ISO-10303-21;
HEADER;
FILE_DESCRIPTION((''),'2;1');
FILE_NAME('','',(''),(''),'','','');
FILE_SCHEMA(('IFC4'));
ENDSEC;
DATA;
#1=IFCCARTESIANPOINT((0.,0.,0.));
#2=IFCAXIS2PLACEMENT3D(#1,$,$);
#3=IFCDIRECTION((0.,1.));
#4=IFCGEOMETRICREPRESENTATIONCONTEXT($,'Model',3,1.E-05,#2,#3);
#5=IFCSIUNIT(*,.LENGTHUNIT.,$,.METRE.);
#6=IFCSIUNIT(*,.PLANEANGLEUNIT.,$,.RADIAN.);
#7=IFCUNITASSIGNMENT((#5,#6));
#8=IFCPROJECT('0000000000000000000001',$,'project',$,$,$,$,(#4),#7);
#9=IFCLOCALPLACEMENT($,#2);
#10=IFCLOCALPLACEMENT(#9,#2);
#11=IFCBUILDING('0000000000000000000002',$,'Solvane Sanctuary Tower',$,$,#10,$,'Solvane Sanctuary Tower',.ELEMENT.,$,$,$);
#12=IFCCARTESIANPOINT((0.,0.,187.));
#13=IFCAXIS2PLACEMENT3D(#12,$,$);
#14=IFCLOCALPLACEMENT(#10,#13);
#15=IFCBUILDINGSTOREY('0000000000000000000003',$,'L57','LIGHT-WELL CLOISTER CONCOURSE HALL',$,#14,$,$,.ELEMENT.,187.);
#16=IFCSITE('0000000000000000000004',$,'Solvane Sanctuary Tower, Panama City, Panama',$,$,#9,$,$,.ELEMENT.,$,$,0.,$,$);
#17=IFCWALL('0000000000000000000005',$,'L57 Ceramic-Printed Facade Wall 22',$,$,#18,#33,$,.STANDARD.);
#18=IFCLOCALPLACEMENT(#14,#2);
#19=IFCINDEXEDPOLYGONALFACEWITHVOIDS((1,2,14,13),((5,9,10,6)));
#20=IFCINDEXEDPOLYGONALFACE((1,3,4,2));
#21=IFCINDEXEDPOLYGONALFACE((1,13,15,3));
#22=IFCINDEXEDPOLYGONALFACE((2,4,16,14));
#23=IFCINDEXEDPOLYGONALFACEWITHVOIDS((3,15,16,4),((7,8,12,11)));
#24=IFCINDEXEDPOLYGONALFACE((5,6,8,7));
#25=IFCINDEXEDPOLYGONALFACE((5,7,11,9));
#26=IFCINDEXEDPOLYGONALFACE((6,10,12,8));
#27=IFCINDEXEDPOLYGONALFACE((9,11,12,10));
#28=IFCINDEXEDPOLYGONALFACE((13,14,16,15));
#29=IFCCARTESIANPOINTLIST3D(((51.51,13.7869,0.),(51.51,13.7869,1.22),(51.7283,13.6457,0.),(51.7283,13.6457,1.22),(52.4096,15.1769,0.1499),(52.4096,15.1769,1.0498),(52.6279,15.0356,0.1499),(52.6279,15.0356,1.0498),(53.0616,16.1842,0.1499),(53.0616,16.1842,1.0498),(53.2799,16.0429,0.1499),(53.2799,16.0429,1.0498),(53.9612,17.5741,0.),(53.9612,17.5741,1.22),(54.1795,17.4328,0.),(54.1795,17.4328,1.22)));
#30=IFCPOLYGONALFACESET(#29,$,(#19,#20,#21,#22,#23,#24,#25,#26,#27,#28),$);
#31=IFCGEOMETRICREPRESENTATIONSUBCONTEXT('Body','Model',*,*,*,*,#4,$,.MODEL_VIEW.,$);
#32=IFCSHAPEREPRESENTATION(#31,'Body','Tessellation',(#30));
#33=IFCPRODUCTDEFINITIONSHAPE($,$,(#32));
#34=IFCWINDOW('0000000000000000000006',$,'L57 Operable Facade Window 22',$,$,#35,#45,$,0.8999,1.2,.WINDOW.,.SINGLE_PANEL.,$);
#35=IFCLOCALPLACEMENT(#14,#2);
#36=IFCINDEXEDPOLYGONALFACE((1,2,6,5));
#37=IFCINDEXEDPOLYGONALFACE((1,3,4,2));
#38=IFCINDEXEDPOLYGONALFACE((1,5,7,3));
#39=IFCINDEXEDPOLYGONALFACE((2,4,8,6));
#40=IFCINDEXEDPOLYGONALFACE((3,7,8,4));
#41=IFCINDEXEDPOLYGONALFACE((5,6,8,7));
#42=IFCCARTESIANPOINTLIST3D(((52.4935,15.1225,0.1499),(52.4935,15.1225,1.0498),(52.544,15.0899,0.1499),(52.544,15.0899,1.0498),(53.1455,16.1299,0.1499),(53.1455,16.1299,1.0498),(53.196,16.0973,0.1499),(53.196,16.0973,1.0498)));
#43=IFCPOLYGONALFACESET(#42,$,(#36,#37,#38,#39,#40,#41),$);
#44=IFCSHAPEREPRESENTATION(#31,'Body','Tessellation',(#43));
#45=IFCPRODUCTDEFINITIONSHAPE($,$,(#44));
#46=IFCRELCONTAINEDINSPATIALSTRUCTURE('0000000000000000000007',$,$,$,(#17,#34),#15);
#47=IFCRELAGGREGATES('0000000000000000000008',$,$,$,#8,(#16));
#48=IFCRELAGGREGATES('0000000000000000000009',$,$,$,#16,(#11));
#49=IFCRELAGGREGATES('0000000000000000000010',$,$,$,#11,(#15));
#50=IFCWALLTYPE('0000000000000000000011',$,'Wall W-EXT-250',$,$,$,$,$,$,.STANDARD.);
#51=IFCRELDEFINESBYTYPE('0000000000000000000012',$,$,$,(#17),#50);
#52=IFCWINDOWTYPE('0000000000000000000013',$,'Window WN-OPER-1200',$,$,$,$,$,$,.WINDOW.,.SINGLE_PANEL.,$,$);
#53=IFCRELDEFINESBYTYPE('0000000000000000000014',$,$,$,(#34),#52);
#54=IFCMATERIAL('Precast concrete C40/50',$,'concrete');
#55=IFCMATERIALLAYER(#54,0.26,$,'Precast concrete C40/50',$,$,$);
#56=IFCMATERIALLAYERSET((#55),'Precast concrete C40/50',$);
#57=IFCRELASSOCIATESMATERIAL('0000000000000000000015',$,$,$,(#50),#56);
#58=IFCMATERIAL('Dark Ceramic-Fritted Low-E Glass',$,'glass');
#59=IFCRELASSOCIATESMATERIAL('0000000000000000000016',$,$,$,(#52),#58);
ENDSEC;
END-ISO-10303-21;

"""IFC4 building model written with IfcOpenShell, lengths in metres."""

from ifc_helpers import new_model, si_unit, direction, frame, frame_2d, origin, place, context, subcontext, project, spatial, rectangle, extrude, material, layer, layer_set, type_object, element, fill, save


model = new_model("IFC4")

# Units and contexts
model_context = context("Model", 3, precision=1e-05, world=origin(), true_north=direction((0.0, 1.0)))
body_context = subcontext(model_context, "Body", "Model", "MODEL_VIEW")
ifc_project = project(units=[si_unit("LENGTHUNIT", "METRE"), si_unit("PLANEANGLEUNIT", "RADIAN")], contexts=[model_context])

# Site, building, storey
site_placement = place(None, origin())
site = spatial("IfcSite", under=ifc_project, at=site_placement, Name="Solvane Sanctuary Tower, Panama City, Panama", CompositionType="ELEMENT", RefElevation=0.0)
building_placement = place(site_placement, origin())
building = spatial("IfcBuilding", under=site, at=building_placement, Name="Solvane Sanctuary Tower", LongName="Solvane Sanctuary Tower", CompositionType="ELEMENT")
storey_placement = place(building_placement, frame((0.0, 0.0, 187.0)))
storey = spatial("IfcBuildingStorey", under=building, at=storey_placement, Name="L57", Description="LIGHT-WELL CLOISTER CONCOURSE HALL", CompositionType="ELEMENT", Elevation=187.0)

# Shared definitions
ifc_material_1 = material(Name="Precast concrete C40/50", Category="concrete")
ifc_layer_1 = layer(ifc_material_1, 0.26, Name="Precast concrete C40/50")
ifc_layer_set_1 = layer_set([ifc_layer_1], Name="Precast concrete C40/50")
wall_type_1 = type_object("IfcWallType", Name="Wall W-EXT-250", PredefinedType="STANDARD", material=ifc_layer_set_1)
ifc_material_2 = material(Name="Dark Ceramic-Fritted Low-E Glass", Category="glass")
window_type = type_object("IfcWindowType", Name="Window WN-OPER-1200", PartitioningType="SINGLE_PANEL", PredefinedType="WINDOW", material=ifc_material_2)

# Wall, opening, window
wall_1_placement = place(storey_placement, frame((51.6191, 13.7163, 0.0), z_axis=(0.0, 0.0, 1.0), x_axis=(0.543359, 0.8395, 0.0)))
wall_1 = element("IfcWall", 1, at=wall_1_placement, inside=storey, type_object=wall_type_1, Name="L57 Ceramic-Printed Facade Wall 22", PredefinedType="STANDARD", context=body_context, shape_type="SweptSolid", body=[
    extrude(rectangle(XDim=4.5112, YDim=0.26, at=frame_2d((2.2556, 0.0))), origin(), (0.0, 0.0, 1.0), 1.22),
])
opening_1_placement = place(wall_1_placement, frame((1.6555, 0.0, 0.1499)))
opening_1 = element("IfcOpeningElement", 2, at=opening_1_placement, cuts=wall_1, PredefinedType="OPENING", context=body_context, shape_type="SweptSolid", body=[
    extrude(rectangle(XDim=1.2, YDim=0.8999, at=frame_2d((0.6001, 0.45))), frame((0.0, 0.1399, 0.0), z_axis=(0.0, -1.0, 0.0), x_axis=(1.0, 0.0, 0.0)), (0.0, 0.0, 1.0), 0.28),
])
window_1_placement = place(opening_1_placement, origin())
window_1 = element("IfcWindow", 3, at=window_1_placement, inside=storey, type_object=window_type, Name="L57 Operable Facade Window 22", OverallHeight=0.8999, OverallWidth=1.2, PartitioningType="SINGLE_PANEL", PredefinedType="WINDOW", context=body_context, shape_type="SweptSolid", body=[
    extrude(rectangle(XDim=1.2, YDim=0.8999, at=frame_2d((0.6001, 0.45))), frame((0.0, 0.03, 0.0), z_axis=(0.0, -1.0, 0.0), x_axis=(1.0, 0.0, 0.0)), (0.0, 0.0, 1.0), 0.0601),
])
fill(opening_1, window_1)

save(model, "model.ifc")
